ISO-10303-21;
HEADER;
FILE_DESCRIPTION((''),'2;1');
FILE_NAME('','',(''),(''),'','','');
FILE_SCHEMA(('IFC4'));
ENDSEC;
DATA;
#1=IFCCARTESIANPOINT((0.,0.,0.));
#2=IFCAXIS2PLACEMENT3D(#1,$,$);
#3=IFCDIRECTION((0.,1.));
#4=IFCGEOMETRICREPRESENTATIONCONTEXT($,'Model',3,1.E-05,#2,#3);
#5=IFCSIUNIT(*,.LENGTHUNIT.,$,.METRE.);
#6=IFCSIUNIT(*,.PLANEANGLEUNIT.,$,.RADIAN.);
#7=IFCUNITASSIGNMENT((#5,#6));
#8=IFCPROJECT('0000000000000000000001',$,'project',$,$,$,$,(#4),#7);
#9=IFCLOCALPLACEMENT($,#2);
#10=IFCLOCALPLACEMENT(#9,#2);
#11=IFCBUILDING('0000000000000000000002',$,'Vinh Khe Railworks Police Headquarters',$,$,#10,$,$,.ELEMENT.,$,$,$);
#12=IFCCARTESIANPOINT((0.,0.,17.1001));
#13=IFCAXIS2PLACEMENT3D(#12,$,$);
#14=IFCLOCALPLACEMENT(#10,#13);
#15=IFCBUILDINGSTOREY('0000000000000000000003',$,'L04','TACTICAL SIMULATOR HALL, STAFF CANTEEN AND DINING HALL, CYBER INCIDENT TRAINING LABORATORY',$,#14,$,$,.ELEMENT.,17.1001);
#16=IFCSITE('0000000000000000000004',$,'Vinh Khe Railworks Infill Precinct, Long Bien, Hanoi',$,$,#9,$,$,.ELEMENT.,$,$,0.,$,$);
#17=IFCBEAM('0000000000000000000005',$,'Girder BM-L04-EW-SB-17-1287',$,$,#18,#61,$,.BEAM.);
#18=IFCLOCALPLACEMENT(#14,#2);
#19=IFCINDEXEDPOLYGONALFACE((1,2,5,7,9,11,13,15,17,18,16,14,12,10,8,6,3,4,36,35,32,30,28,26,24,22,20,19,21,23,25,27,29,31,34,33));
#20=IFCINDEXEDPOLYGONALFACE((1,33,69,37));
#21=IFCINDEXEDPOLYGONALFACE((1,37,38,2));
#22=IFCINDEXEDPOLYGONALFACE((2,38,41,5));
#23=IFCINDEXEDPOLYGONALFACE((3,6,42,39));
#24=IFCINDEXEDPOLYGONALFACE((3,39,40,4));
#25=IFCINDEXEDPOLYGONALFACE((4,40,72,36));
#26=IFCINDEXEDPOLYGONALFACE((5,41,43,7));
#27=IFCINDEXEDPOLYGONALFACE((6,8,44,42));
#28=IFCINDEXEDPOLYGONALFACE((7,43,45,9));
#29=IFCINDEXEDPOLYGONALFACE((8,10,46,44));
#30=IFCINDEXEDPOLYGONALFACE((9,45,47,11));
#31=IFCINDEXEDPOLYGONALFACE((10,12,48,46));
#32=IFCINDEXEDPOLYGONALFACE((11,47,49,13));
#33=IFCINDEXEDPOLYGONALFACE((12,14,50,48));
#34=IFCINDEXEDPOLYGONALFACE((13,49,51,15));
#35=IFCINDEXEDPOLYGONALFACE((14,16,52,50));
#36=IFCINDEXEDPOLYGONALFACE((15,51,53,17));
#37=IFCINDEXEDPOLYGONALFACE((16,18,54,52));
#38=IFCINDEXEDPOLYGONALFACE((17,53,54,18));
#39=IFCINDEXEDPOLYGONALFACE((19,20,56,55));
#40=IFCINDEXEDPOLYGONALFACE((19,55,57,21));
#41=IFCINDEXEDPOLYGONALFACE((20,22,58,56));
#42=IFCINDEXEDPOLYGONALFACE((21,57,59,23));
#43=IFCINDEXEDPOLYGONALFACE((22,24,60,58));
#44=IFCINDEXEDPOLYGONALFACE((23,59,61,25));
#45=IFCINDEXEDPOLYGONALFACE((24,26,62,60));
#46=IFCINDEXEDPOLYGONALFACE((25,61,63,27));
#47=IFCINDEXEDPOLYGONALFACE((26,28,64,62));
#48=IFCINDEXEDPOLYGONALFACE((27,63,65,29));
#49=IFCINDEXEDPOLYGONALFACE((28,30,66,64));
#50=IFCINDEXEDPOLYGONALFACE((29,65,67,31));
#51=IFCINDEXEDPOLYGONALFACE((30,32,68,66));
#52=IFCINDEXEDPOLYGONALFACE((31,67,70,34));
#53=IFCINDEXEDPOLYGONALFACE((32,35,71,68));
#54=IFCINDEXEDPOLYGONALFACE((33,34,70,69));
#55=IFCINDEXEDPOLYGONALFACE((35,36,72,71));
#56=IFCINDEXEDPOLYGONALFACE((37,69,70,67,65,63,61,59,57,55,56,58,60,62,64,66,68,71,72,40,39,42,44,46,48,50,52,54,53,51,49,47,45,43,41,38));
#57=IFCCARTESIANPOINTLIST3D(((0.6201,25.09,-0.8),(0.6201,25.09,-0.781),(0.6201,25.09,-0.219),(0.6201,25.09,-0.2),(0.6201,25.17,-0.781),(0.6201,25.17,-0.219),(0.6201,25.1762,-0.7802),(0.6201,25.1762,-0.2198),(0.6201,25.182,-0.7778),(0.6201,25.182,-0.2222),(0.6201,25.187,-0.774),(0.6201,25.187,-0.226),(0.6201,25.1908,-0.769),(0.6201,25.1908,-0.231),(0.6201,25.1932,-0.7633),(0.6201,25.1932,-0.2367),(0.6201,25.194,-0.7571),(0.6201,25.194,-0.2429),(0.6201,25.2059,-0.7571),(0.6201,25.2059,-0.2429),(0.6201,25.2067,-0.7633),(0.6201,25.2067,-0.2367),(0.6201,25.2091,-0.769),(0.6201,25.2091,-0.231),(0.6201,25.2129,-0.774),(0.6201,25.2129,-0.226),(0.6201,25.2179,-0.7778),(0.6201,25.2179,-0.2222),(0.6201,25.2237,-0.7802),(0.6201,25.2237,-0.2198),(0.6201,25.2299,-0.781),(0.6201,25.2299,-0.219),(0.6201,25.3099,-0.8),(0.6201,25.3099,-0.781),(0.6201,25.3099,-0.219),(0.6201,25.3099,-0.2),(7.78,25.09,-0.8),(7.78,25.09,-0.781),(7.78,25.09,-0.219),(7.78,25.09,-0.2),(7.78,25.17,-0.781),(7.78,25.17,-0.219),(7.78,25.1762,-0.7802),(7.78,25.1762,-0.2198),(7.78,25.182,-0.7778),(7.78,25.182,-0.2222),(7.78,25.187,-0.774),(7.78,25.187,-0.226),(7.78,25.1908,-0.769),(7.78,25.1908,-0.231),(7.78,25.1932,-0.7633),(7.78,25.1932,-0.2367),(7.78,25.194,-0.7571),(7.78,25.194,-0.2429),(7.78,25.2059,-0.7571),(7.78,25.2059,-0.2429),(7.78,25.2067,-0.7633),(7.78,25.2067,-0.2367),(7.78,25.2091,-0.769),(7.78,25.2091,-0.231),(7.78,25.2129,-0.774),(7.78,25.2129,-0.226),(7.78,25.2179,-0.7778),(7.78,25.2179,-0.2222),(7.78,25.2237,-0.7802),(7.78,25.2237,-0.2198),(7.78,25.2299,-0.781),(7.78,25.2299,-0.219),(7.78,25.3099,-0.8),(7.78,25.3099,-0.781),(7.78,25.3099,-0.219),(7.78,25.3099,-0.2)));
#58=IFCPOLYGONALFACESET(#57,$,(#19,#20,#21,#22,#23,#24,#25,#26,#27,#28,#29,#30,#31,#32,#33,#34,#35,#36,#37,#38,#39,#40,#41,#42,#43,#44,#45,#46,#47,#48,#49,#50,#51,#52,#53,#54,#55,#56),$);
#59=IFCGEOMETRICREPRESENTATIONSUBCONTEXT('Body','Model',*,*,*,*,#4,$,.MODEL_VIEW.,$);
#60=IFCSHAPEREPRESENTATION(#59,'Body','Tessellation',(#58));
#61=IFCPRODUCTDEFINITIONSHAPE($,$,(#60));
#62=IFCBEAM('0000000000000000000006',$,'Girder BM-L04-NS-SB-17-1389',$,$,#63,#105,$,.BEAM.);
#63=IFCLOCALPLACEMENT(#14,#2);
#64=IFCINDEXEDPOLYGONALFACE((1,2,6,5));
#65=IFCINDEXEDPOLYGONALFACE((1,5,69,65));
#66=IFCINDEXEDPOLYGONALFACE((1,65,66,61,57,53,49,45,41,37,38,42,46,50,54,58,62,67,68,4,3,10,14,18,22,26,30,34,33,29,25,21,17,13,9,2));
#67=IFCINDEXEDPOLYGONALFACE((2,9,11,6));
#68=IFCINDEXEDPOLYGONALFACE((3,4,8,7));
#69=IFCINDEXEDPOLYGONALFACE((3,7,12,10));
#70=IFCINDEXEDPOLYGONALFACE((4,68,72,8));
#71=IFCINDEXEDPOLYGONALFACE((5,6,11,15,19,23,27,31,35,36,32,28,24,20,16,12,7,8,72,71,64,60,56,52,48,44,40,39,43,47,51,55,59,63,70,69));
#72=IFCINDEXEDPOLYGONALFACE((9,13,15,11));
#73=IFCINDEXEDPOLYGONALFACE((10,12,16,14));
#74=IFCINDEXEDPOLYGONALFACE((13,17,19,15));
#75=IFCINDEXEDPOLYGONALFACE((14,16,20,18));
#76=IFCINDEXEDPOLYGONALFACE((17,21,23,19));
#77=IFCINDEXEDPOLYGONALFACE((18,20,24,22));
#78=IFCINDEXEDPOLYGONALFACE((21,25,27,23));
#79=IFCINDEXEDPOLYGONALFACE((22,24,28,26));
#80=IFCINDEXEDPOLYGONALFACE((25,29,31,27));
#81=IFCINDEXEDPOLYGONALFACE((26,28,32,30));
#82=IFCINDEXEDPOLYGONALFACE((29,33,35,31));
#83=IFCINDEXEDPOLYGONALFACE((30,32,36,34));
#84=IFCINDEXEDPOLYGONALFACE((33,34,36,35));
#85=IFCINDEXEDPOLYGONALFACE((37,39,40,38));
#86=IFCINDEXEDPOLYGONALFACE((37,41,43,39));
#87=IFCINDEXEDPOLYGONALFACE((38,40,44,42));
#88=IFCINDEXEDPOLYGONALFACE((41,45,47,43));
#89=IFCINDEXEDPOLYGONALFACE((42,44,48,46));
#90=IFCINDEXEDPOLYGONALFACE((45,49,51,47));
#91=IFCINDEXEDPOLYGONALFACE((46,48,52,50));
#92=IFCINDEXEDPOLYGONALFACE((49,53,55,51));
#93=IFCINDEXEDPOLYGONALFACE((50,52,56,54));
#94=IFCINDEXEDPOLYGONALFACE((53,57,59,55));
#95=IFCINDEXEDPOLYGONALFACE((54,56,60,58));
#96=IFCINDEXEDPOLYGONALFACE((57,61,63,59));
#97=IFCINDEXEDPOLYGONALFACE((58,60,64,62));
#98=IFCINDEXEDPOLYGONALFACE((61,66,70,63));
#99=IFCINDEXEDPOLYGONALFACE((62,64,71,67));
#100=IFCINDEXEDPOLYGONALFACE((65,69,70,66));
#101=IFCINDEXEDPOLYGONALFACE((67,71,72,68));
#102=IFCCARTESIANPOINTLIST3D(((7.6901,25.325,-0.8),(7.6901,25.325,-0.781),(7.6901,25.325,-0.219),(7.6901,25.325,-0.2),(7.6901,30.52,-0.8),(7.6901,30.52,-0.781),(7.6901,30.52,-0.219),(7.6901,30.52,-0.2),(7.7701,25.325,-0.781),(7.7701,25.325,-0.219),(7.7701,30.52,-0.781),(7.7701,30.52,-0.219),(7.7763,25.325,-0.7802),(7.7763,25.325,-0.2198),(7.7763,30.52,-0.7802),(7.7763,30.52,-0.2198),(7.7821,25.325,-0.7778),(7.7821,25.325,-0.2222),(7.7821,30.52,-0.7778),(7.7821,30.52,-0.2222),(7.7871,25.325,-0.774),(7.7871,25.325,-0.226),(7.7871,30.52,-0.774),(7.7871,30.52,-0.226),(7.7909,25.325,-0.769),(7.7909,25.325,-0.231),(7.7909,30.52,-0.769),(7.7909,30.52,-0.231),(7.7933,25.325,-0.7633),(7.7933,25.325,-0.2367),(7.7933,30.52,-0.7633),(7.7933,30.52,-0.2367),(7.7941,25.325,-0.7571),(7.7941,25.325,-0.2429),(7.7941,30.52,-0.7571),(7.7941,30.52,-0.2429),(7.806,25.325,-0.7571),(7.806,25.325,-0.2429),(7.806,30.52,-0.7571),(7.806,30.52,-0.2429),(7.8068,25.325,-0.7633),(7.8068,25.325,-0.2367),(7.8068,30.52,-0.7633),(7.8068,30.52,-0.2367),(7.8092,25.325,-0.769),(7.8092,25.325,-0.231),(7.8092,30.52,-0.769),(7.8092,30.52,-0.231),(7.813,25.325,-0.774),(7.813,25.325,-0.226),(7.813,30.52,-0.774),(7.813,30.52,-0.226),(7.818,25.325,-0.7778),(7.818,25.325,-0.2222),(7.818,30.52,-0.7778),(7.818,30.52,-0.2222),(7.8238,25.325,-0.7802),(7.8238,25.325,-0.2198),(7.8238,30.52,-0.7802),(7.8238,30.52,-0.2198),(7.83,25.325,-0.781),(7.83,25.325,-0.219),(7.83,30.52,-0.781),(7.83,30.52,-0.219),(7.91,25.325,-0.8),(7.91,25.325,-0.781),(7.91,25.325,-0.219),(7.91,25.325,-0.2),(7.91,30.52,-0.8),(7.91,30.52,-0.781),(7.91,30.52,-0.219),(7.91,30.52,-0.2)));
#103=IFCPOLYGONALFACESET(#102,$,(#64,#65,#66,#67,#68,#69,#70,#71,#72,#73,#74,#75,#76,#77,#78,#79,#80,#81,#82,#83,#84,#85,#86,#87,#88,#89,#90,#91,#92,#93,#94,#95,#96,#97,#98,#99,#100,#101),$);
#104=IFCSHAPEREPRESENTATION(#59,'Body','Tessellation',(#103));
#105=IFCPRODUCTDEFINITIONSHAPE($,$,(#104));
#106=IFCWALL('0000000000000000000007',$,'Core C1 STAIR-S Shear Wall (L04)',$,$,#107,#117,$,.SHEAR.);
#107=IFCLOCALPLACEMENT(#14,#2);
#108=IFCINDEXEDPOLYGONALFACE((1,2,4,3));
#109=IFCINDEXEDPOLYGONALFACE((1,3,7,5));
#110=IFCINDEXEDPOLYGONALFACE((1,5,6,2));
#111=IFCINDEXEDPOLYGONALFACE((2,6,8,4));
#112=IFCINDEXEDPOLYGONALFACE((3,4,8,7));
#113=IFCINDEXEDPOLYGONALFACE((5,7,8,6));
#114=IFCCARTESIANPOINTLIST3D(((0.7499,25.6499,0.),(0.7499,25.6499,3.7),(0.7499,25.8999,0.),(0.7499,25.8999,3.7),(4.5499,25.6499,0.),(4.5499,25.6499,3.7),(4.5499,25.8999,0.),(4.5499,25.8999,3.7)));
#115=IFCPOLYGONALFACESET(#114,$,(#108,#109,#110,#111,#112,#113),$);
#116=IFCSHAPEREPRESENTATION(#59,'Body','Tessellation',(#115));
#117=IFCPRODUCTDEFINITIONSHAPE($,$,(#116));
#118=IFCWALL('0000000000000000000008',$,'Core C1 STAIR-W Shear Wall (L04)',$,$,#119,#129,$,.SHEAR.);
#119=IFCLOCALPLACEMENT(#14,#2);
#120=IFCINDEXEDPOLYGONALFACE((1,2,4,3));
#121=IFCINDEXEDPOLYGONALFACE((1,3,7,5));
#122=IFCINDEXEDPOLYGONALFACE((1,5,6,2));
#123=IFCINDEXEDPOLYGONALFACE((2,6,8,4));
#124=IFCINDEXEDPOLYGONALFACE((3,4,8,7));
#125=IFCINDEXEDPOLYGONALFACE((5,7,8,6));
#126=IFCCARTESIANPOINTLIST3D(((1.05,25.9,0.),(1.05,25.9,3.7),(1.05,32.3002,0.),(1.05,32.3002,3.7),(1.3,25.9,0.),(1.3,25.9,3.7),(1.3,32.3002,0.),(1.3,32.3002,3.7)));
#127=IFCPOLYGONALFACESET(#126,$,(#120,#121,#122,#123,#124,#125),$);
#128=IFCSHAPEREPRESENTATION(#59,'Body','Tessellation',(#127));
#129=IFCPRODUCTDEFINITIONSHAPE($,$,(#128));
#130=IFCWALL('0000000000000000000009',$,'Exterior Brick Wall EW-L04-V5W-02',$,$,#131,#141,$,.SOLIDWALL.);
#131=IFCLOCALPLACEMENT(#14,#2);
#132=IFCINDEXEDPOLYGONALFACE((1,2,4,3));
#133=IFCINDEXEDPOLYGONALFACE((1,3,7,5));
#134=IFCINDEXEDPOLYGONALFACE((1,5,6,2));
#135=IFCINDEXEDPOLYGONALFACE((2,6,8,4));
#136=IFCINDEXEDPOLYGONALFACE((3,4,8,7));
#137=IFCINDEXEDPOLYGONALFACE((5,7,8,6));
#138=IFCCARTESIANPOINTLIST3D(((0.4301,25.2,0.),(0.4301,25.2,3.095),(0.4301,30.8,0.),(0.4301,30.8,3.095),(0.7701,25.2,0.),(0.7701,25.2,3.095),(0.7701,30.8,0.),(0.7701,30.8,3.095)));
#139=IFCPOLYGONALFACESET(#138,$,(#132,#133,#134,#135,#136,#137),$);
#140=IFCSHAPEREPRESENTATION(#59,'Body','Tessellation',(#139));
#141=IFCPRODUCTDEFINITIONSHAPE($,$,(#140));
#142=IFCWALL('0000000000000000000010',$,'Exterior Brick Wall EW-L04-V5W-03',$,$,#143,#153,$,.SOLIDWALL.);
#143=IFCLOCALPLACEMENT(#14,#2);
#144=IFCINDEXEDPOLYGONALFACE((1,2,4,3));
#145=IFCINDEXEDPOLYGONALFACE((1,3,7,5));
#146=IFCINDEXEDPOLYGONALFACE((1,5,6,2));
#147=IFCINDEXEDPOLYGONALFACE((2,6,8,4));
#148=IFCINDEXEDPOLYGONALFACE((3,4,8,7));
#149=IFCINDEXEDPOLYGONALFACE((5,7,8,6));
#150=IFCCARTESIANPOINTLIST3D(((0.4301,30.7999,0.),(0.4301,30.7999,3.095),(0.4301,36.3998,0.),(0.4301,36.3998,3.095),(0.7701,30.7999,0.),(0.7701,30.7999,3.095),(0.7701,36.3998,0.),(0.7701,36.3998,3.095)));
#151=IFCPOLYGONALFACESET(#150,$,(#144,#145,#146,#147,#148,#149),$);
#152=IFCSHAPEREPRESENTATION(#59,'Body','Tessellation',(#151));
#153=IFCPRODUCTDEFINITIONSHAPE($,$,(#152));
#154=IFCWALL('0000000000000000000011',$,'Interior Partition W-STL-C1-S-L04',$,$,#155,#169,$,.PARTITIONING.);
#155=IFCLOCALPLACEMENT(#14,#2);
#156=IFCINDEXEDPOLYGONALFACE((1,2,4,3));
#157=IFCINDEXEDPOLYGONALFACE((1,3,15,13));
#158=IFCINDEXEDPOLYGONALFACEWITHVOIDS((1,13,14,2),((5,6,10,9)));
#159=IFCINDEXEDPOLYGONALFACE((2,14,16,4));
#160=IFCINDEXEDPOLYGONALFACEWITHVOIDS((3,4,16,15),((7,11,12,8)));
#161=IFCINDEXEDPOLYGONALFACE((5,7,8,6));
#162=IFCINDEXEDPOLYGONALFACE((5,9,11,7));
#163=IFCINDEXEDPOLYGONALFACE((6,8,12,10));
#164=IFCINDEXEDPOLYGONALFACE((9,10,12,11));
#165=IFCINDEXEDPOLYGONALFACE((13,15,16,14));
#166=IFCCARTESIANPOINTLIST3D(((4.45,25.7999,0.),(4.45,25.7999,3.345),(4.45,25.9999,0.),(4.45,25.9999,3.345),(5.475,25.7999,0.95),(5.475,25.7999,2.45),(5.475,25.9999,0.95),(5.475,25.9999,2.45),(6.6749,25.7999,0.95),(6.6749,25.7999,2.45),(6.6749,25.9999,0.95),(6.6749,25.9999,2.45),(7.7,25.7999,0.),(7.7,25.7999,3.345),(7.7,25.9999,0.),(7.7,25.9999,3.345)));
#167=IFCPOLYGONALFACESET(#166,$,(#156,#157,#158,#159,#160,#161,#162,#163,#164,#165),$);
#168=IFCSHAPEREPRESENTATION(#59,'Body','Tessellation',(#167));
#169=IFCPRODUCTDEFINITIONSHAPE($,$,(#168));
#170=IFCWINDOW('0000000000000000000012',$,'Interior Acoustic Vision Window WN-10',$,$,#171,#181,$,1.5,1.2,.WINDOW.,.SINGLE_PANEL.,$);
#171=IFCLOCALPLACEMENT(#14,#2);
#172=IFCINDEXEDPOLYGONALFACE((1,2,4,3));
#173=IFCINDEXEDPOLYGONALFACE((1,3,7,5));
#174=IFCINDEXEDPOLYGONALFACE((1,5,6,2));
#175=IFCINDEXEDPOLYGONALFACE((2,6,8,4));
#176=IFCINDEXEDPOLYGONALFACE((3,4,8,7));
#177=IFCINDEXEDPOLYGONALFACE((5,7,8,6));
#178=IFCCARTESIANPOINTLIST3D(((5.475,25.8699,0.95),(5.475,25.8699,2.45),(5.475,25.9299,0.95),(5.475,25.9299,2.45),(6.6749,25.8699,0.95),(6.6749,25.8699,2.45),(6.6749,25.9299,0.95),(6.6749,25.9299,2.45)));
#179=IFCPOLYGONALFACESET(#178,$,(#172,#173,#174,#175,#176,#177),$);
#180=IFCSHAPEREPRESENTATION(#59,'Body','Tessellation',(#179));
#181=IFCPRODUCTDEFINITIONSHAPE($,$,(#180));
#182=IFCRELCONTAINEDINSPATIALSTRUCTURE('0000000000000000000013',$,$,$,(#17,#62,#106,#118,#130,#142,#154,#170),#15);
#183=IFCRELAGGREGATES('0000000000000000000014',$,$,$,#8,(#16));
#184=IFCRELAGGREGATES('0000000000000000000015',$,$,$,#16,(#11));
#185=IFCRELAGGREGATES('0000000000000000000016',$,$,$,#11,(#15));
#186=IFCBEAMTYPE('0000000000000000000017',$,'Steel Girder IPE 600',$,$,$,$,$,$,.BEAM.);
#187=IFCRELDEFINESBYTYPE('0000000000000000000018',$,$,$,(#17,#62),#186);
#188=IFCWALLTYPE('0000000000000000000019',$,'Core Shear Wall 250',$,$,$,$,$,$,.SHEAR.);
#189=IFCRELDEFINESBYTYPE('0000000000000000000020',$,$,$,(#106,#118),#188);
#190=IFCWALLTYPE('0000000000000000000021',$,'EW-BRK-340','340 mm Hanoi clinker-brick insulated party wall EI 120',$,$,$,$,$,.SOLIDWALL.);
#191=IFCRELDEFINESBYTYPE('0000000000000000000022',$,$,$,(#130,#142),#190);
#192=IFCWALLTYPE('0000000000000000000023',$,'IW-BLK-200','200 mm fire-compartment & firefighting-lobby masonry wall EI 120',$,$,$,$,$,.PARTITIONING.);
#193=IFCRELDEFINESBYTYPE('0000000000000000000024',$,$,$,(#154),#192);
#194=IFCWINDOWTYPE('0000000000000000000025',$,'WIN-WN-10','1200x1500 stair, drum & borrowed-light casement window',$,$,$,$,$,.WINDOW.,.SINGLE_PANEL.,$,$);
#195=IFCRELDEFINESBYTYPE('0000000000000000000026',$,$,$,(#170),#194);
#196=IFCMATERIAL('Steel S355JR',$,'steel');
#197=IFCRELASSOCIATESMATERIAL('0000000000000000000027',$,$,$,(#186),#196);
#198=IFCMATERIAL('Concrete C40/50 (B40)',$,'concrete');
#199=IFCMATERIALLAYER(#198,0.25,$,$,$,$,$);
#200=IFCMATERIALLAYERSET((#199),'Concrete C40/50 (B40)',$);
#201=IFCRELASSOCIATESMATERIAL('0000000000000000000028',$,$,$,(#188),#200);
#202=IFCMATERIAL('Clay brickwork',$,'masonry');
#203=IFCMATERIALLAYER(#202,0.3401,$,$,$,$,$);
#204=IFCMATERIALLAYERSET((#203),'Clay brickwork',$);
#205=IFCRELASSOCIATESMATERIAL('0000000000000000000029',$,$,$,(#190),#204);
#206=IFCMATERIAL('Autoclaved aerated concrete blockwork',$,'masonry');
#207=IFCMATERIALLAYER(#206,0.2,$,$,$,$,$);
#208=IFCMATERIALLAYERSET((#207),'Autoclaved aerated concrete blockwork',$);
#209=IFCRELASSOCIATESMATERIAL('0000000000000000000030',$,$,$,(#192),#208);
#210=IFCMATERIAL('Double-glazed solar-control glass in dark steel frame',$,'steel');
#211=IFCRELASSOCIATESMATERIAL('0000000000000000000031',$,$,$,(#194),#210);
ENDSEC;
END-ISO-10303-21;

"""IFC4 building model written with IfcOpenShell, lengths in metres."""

from ifc_helpers import new_model, si_unit, direction, frame, frame_2d, origin, origin_2d, place, context, subcontext, project, spatial, rectangle, i_section, extrude, material, layer, layer_set, material_profile, profile_set, type_object, element, fill, save


model = new_model("IFC4")

# Units and contexts
model_context = context("Model", 3, precision=1e-05, world=origin(), true_north=direction((0.0, 1.0)))
body_context = subcontext(model_context, "Body", "Model", "MODEL_VIEW")
ifc_project = project(units=[si_unit("LENGTHUNIT", "METRE"), si_unit("PLANEANGLEUNIT", "RADIAN")], contexts=[model_context])

# Site, building, storey
site_placement = place(None, origin())
site = spatial("IfcSite", under=ifc_project, at=site_placement, Name="Vinh Khe Railworks Infill Precinct, Long Bien, Hanoi", CompositionType="ELEMENT", RefElevation=0.0)
building_placement = place(site_placement, origin())
building = spatial("IfcBuilding", under=site, at=building_placement, Name="Vinh Khe Railworks Police Headquarters", CompositionType="ELEMENT")
storey_placement = place(building_placement, frame((0.0, 0.0, 17.1001)))
storey = spatial("IfcBuildingStorey", under=building, at=storey_placement, Name="L04", Description="TACTICAL SIMULATOR HALL, STAFF CANTEEN AND DINING HALL, CYBER INCIDENT TRAINING LABORATORY", CompositionType="ELEMENT", Elevation=17.1001)

# Shared definitions
ifc_material_1 = material(Name="Steel S355JR", Category="steel")

# Beams
ifc_material_profile_1 = material_profile(ifc_material_1, i_section(OverallWidth=0.22, OverallDepth=0.6001, WebThickness=0.012, FlangeThickness=0.019, FilletRadius=0.0239, at=origin_2d()), Name="IPE 600")
ifc_profile_set_1 = profile_set([ifc_material_profile_1], Name="Steel S355JR")
beam_type_1 = type_object("IfcBeamType", Name="Steel Girder IPE 600", PredefinedType="BEAM", material=ifc_profile_set_1)
beam_1_placement = place(storey_placement, frame((0.6201, 25.2, -0.5), z_axis=(1.0, 0.0, 0.0), x_axis=(0.0, 1.0, 0.0)))
element("IfcBeam", 1, at=beam_1_placement, inside=storey, type_object=beam_type_1, Name="Girder BM-L04-EW-SB-17-1287", PredefinedType="BEAM", context=body_context, shape_type="SweptSolid", body=[
    extrude(i_section(OverallWidth=0.22, OverallDepth=0.6001, WebThickness=0.012, FlangeThickness=0.019, FilletRadius=0.0239, at=origin_2d()), origin(), (0.0, 0.0, 1.0), 7.1599),
])
beam_2_placement = place(storey_placement, frame((7.8, 25.325, -0.5), z_axis=(0.0, 1.0, 0.0), x_axis=(-1.0, 0.0, 0.0)))
element("IfcBeam", 2, at=beam_2_placement, inside=storey, type_object=beam_type_1, Name="Girder BM-L04-NS-SB-17-1389", PredefinedType="BEAM", context=body_context, shape_type="SweptSolid", body=[
    extrude(i_section(OverallWidth=0.22, OverallDepth=0.6001, WebThickness=0.012, FlangeThickness=0.019, FilletRadius=0.0239, at=origin_2d()), origin(), (0.0, 0.0, 1.0), 5.1951),
])

# Walls
ifc_material_2 = material(Name="Concrete C40/50 (B40)", Category="concrete")
ifc_layer_1 = layer(ifc_material_2, 0.25)
ifc_layer_set_1 = layer_set([ifc_layer_1], Name="Concrete C40/50 (B40)")
wall_type_1 = type_object("IfcWallType", Name="Core Shear Wall 250", PredefinedType="SHEAR", material=ifc_layer_set_1)
wall_1_placement = place(storey_placement, frame((0.75, 25.7749, 0.0), z_axis=(0.0, 0.0, 1.0), x_axis=(1.0, 0.0, 0.0)))
element("IfcWall", 3, at=wall_1_placement, inside=storey, type_object=wall_type_1, Name="Core C1 STAIR-S Shear Wall (L04)", PredefinedType="SHEAR", context=body_context, shape_type="SweptSolid", body=[
    extrude(rectangle(XDim=3.8, YDim=0.25, at=frame_2d((1.8999, 0.0))), origin(), (0.0, 0.0, 1.0), 3.7),
])
wall_2_placement = place(storey_placement, frame((1.175, 25.8999, 0.0), z_axis=(0.0, 0.0, 1.0), x_axis=(0.0, 1.0, 0.0)))
element("IfcWall", 4, at=wall_2_placement, inside=storey, type_object=wall_type_1, Name="Core C1 STAIR-W Shear Wall (L04)", PredefinedType="SHEAR", context=body_context, shape_type="SweptSolid", body=[
    extrude(rectangle(XDim=6.4001, YDim=0.25, at=frame_2d((3.2002, 0.0))), origin(), (0.0, 0.0, 1.0), 3.7),
])

# Walls
ifc_material_3 = material(Name="Clay brickwork", Category="masonry")
ifc_layer_2 = layer(ifc_material_3, 0.3401)
ifc_layer_set_2 = layer_set([ifc_layer_2], Name="Clay brickwork")
wall_type_2 = type_object("IfcWallType", Name="EW-BRK-340", Description="340 mm Hanoi clinker-brick insulated party wall EI 120", PredefinedType="SOLIDWALL", material=ifc_layer_set_2)
wall_3_placement = place(storey_placement, frame((0.6001, 25.2, 0.0), z_axis=(0.0, 0.0, 1.0), x_axis=(0.0, 1.0, 0.0)))
element("IfcWall", 5, at=wall_3_placement, inside=storey, type_object=wall_type_2, Name="Exterior Brick Wall EW-L04-V5W-02", PredefinedType="SOLIDWALL", context=body_context, shape_type="SweptSolid", body=[
    extrude(rectangle(XDim=5.6001, YDim=0.3401, at=frame_2d((2.8, 0.0))), origin(), (0.0, 0.0, 1.0), 3.095),
])
wall_4_placement = place(storey_placement, frame((0.6001, 30.8, 0.0), z_axis=(0.0, 0.0, 1.0), x_axis=(0.0, 1.0, 0.0)))
element("IfcWall", 6, at=wall_4_placement, inside=storey, type_object=wall_type_2, Name="Exterior Brick Wall EW-L04-V5W-03", PredefinedType="SOLIDWALL", context=body_context, shape_type="SweptSolid", body=[
    extrude(rectangle(XDim=5.5999, YDim=0.3401, at=frame_2d((2.7998, 0.0))), origin(), (0.0, 0.0, 1.0), 3.095),
])

# Wall, opening, window
ifc_material_4 = material(Name="Autoclaved aerated concrete blockwork", Category="masonry")
ifc_layer_3 = layer(ifc_material_4, 0.2)
ifc_layer_set_3 = layer_set([ifc_layer_3], Name="Autoclaved aerated concrete blockwork")
wall_type_3 = type_object("IfcWallType", Name="IW-BLK-200", Description="200 mm fire-compartment & firefighting-lobby masonry wall EI 120", PredefinedType="PARTITIONING", material=ifc_layer_set_3)
wall_5_placement = place(storey_placement, frame((4.45, 25.8999, 0.0), z_axis=(0.0, 0.0, 1.0), x_axis=(1.0, 0.0, 0.0)))
wall_5 = element("IfcWall", 7, at=wall_5_placement, inside=storey, type_object=wall_type_3, Name="Interior Partition W-STL-C1-S-L04", PredefinedType="PARTITIONING", context=body_context, shape_type="SweptSolid", body=[
    extrude(rectangle(XDim=3.25, YDim=0.2, at=frame_2d((1.625, 0.0))), origin(), (0.0, 0.0, 1.0), 3.345),
])
opening_1_placement = place(wall_5_placement, frame((1.0249, 0.0, 0.95)))
opening_1 = element("IfcOpeningElement", 8, at=opening_1_placement, cuts=wall_5, PredefinedType="OPENING", context=body_context, shape_type="SweptSolid", body=[
    extrude(rectangle(XDim=1.2, YDim=1.5, at=frame_2d((0.6001, 0.75))), frame((0.0, 0.1147, 0.0), z_axis=(0.0, -1.0, 0.0), x_axis=(1.0, 0.0, 0.0)), (0.0, 0.0, 1.0), 0.2297),
])
ifc_material_5 = material(Name="Double-glazed solar-control glass in dark steel frame", Category="steel")
window_type = type_object("IfcWindowType", Name="WIN-WN-10", Description="1200x1500 stair, drum & borrowed-light casement window", PartitioningType="SINGLE_PANEL", PredefinedType="WINDOW", material=ifc_material_5)
window_1_placement = place(opening_1_placement, origin())
window_1 = element("IfcWindow", 9, at=window_1_placement, inside=storey, type_object=window_type, Name="Interior Acoustic Vision Window WN-10", OverallHeight=1.5, OverallWidth=1.2, PartitioningType="SINGLE_PANEL", PredefinedType="WINDOW", context=body_context, shape_type="SweptSolid", body=[
    extrude(rectangle(XDim=1.2, YDim=1.5, at=frame_2d((0.6001, 0.75))), frame((0.0, 0.03, 0.0), z_axis=(0.0, -1.0, 0.0), x_axis=(1.0, 0.0, 0.0)), (0.0, 0.0, 1.0), 0.0601),
])
fill(opening_1, window_1)

save(model, "model.ifc")
